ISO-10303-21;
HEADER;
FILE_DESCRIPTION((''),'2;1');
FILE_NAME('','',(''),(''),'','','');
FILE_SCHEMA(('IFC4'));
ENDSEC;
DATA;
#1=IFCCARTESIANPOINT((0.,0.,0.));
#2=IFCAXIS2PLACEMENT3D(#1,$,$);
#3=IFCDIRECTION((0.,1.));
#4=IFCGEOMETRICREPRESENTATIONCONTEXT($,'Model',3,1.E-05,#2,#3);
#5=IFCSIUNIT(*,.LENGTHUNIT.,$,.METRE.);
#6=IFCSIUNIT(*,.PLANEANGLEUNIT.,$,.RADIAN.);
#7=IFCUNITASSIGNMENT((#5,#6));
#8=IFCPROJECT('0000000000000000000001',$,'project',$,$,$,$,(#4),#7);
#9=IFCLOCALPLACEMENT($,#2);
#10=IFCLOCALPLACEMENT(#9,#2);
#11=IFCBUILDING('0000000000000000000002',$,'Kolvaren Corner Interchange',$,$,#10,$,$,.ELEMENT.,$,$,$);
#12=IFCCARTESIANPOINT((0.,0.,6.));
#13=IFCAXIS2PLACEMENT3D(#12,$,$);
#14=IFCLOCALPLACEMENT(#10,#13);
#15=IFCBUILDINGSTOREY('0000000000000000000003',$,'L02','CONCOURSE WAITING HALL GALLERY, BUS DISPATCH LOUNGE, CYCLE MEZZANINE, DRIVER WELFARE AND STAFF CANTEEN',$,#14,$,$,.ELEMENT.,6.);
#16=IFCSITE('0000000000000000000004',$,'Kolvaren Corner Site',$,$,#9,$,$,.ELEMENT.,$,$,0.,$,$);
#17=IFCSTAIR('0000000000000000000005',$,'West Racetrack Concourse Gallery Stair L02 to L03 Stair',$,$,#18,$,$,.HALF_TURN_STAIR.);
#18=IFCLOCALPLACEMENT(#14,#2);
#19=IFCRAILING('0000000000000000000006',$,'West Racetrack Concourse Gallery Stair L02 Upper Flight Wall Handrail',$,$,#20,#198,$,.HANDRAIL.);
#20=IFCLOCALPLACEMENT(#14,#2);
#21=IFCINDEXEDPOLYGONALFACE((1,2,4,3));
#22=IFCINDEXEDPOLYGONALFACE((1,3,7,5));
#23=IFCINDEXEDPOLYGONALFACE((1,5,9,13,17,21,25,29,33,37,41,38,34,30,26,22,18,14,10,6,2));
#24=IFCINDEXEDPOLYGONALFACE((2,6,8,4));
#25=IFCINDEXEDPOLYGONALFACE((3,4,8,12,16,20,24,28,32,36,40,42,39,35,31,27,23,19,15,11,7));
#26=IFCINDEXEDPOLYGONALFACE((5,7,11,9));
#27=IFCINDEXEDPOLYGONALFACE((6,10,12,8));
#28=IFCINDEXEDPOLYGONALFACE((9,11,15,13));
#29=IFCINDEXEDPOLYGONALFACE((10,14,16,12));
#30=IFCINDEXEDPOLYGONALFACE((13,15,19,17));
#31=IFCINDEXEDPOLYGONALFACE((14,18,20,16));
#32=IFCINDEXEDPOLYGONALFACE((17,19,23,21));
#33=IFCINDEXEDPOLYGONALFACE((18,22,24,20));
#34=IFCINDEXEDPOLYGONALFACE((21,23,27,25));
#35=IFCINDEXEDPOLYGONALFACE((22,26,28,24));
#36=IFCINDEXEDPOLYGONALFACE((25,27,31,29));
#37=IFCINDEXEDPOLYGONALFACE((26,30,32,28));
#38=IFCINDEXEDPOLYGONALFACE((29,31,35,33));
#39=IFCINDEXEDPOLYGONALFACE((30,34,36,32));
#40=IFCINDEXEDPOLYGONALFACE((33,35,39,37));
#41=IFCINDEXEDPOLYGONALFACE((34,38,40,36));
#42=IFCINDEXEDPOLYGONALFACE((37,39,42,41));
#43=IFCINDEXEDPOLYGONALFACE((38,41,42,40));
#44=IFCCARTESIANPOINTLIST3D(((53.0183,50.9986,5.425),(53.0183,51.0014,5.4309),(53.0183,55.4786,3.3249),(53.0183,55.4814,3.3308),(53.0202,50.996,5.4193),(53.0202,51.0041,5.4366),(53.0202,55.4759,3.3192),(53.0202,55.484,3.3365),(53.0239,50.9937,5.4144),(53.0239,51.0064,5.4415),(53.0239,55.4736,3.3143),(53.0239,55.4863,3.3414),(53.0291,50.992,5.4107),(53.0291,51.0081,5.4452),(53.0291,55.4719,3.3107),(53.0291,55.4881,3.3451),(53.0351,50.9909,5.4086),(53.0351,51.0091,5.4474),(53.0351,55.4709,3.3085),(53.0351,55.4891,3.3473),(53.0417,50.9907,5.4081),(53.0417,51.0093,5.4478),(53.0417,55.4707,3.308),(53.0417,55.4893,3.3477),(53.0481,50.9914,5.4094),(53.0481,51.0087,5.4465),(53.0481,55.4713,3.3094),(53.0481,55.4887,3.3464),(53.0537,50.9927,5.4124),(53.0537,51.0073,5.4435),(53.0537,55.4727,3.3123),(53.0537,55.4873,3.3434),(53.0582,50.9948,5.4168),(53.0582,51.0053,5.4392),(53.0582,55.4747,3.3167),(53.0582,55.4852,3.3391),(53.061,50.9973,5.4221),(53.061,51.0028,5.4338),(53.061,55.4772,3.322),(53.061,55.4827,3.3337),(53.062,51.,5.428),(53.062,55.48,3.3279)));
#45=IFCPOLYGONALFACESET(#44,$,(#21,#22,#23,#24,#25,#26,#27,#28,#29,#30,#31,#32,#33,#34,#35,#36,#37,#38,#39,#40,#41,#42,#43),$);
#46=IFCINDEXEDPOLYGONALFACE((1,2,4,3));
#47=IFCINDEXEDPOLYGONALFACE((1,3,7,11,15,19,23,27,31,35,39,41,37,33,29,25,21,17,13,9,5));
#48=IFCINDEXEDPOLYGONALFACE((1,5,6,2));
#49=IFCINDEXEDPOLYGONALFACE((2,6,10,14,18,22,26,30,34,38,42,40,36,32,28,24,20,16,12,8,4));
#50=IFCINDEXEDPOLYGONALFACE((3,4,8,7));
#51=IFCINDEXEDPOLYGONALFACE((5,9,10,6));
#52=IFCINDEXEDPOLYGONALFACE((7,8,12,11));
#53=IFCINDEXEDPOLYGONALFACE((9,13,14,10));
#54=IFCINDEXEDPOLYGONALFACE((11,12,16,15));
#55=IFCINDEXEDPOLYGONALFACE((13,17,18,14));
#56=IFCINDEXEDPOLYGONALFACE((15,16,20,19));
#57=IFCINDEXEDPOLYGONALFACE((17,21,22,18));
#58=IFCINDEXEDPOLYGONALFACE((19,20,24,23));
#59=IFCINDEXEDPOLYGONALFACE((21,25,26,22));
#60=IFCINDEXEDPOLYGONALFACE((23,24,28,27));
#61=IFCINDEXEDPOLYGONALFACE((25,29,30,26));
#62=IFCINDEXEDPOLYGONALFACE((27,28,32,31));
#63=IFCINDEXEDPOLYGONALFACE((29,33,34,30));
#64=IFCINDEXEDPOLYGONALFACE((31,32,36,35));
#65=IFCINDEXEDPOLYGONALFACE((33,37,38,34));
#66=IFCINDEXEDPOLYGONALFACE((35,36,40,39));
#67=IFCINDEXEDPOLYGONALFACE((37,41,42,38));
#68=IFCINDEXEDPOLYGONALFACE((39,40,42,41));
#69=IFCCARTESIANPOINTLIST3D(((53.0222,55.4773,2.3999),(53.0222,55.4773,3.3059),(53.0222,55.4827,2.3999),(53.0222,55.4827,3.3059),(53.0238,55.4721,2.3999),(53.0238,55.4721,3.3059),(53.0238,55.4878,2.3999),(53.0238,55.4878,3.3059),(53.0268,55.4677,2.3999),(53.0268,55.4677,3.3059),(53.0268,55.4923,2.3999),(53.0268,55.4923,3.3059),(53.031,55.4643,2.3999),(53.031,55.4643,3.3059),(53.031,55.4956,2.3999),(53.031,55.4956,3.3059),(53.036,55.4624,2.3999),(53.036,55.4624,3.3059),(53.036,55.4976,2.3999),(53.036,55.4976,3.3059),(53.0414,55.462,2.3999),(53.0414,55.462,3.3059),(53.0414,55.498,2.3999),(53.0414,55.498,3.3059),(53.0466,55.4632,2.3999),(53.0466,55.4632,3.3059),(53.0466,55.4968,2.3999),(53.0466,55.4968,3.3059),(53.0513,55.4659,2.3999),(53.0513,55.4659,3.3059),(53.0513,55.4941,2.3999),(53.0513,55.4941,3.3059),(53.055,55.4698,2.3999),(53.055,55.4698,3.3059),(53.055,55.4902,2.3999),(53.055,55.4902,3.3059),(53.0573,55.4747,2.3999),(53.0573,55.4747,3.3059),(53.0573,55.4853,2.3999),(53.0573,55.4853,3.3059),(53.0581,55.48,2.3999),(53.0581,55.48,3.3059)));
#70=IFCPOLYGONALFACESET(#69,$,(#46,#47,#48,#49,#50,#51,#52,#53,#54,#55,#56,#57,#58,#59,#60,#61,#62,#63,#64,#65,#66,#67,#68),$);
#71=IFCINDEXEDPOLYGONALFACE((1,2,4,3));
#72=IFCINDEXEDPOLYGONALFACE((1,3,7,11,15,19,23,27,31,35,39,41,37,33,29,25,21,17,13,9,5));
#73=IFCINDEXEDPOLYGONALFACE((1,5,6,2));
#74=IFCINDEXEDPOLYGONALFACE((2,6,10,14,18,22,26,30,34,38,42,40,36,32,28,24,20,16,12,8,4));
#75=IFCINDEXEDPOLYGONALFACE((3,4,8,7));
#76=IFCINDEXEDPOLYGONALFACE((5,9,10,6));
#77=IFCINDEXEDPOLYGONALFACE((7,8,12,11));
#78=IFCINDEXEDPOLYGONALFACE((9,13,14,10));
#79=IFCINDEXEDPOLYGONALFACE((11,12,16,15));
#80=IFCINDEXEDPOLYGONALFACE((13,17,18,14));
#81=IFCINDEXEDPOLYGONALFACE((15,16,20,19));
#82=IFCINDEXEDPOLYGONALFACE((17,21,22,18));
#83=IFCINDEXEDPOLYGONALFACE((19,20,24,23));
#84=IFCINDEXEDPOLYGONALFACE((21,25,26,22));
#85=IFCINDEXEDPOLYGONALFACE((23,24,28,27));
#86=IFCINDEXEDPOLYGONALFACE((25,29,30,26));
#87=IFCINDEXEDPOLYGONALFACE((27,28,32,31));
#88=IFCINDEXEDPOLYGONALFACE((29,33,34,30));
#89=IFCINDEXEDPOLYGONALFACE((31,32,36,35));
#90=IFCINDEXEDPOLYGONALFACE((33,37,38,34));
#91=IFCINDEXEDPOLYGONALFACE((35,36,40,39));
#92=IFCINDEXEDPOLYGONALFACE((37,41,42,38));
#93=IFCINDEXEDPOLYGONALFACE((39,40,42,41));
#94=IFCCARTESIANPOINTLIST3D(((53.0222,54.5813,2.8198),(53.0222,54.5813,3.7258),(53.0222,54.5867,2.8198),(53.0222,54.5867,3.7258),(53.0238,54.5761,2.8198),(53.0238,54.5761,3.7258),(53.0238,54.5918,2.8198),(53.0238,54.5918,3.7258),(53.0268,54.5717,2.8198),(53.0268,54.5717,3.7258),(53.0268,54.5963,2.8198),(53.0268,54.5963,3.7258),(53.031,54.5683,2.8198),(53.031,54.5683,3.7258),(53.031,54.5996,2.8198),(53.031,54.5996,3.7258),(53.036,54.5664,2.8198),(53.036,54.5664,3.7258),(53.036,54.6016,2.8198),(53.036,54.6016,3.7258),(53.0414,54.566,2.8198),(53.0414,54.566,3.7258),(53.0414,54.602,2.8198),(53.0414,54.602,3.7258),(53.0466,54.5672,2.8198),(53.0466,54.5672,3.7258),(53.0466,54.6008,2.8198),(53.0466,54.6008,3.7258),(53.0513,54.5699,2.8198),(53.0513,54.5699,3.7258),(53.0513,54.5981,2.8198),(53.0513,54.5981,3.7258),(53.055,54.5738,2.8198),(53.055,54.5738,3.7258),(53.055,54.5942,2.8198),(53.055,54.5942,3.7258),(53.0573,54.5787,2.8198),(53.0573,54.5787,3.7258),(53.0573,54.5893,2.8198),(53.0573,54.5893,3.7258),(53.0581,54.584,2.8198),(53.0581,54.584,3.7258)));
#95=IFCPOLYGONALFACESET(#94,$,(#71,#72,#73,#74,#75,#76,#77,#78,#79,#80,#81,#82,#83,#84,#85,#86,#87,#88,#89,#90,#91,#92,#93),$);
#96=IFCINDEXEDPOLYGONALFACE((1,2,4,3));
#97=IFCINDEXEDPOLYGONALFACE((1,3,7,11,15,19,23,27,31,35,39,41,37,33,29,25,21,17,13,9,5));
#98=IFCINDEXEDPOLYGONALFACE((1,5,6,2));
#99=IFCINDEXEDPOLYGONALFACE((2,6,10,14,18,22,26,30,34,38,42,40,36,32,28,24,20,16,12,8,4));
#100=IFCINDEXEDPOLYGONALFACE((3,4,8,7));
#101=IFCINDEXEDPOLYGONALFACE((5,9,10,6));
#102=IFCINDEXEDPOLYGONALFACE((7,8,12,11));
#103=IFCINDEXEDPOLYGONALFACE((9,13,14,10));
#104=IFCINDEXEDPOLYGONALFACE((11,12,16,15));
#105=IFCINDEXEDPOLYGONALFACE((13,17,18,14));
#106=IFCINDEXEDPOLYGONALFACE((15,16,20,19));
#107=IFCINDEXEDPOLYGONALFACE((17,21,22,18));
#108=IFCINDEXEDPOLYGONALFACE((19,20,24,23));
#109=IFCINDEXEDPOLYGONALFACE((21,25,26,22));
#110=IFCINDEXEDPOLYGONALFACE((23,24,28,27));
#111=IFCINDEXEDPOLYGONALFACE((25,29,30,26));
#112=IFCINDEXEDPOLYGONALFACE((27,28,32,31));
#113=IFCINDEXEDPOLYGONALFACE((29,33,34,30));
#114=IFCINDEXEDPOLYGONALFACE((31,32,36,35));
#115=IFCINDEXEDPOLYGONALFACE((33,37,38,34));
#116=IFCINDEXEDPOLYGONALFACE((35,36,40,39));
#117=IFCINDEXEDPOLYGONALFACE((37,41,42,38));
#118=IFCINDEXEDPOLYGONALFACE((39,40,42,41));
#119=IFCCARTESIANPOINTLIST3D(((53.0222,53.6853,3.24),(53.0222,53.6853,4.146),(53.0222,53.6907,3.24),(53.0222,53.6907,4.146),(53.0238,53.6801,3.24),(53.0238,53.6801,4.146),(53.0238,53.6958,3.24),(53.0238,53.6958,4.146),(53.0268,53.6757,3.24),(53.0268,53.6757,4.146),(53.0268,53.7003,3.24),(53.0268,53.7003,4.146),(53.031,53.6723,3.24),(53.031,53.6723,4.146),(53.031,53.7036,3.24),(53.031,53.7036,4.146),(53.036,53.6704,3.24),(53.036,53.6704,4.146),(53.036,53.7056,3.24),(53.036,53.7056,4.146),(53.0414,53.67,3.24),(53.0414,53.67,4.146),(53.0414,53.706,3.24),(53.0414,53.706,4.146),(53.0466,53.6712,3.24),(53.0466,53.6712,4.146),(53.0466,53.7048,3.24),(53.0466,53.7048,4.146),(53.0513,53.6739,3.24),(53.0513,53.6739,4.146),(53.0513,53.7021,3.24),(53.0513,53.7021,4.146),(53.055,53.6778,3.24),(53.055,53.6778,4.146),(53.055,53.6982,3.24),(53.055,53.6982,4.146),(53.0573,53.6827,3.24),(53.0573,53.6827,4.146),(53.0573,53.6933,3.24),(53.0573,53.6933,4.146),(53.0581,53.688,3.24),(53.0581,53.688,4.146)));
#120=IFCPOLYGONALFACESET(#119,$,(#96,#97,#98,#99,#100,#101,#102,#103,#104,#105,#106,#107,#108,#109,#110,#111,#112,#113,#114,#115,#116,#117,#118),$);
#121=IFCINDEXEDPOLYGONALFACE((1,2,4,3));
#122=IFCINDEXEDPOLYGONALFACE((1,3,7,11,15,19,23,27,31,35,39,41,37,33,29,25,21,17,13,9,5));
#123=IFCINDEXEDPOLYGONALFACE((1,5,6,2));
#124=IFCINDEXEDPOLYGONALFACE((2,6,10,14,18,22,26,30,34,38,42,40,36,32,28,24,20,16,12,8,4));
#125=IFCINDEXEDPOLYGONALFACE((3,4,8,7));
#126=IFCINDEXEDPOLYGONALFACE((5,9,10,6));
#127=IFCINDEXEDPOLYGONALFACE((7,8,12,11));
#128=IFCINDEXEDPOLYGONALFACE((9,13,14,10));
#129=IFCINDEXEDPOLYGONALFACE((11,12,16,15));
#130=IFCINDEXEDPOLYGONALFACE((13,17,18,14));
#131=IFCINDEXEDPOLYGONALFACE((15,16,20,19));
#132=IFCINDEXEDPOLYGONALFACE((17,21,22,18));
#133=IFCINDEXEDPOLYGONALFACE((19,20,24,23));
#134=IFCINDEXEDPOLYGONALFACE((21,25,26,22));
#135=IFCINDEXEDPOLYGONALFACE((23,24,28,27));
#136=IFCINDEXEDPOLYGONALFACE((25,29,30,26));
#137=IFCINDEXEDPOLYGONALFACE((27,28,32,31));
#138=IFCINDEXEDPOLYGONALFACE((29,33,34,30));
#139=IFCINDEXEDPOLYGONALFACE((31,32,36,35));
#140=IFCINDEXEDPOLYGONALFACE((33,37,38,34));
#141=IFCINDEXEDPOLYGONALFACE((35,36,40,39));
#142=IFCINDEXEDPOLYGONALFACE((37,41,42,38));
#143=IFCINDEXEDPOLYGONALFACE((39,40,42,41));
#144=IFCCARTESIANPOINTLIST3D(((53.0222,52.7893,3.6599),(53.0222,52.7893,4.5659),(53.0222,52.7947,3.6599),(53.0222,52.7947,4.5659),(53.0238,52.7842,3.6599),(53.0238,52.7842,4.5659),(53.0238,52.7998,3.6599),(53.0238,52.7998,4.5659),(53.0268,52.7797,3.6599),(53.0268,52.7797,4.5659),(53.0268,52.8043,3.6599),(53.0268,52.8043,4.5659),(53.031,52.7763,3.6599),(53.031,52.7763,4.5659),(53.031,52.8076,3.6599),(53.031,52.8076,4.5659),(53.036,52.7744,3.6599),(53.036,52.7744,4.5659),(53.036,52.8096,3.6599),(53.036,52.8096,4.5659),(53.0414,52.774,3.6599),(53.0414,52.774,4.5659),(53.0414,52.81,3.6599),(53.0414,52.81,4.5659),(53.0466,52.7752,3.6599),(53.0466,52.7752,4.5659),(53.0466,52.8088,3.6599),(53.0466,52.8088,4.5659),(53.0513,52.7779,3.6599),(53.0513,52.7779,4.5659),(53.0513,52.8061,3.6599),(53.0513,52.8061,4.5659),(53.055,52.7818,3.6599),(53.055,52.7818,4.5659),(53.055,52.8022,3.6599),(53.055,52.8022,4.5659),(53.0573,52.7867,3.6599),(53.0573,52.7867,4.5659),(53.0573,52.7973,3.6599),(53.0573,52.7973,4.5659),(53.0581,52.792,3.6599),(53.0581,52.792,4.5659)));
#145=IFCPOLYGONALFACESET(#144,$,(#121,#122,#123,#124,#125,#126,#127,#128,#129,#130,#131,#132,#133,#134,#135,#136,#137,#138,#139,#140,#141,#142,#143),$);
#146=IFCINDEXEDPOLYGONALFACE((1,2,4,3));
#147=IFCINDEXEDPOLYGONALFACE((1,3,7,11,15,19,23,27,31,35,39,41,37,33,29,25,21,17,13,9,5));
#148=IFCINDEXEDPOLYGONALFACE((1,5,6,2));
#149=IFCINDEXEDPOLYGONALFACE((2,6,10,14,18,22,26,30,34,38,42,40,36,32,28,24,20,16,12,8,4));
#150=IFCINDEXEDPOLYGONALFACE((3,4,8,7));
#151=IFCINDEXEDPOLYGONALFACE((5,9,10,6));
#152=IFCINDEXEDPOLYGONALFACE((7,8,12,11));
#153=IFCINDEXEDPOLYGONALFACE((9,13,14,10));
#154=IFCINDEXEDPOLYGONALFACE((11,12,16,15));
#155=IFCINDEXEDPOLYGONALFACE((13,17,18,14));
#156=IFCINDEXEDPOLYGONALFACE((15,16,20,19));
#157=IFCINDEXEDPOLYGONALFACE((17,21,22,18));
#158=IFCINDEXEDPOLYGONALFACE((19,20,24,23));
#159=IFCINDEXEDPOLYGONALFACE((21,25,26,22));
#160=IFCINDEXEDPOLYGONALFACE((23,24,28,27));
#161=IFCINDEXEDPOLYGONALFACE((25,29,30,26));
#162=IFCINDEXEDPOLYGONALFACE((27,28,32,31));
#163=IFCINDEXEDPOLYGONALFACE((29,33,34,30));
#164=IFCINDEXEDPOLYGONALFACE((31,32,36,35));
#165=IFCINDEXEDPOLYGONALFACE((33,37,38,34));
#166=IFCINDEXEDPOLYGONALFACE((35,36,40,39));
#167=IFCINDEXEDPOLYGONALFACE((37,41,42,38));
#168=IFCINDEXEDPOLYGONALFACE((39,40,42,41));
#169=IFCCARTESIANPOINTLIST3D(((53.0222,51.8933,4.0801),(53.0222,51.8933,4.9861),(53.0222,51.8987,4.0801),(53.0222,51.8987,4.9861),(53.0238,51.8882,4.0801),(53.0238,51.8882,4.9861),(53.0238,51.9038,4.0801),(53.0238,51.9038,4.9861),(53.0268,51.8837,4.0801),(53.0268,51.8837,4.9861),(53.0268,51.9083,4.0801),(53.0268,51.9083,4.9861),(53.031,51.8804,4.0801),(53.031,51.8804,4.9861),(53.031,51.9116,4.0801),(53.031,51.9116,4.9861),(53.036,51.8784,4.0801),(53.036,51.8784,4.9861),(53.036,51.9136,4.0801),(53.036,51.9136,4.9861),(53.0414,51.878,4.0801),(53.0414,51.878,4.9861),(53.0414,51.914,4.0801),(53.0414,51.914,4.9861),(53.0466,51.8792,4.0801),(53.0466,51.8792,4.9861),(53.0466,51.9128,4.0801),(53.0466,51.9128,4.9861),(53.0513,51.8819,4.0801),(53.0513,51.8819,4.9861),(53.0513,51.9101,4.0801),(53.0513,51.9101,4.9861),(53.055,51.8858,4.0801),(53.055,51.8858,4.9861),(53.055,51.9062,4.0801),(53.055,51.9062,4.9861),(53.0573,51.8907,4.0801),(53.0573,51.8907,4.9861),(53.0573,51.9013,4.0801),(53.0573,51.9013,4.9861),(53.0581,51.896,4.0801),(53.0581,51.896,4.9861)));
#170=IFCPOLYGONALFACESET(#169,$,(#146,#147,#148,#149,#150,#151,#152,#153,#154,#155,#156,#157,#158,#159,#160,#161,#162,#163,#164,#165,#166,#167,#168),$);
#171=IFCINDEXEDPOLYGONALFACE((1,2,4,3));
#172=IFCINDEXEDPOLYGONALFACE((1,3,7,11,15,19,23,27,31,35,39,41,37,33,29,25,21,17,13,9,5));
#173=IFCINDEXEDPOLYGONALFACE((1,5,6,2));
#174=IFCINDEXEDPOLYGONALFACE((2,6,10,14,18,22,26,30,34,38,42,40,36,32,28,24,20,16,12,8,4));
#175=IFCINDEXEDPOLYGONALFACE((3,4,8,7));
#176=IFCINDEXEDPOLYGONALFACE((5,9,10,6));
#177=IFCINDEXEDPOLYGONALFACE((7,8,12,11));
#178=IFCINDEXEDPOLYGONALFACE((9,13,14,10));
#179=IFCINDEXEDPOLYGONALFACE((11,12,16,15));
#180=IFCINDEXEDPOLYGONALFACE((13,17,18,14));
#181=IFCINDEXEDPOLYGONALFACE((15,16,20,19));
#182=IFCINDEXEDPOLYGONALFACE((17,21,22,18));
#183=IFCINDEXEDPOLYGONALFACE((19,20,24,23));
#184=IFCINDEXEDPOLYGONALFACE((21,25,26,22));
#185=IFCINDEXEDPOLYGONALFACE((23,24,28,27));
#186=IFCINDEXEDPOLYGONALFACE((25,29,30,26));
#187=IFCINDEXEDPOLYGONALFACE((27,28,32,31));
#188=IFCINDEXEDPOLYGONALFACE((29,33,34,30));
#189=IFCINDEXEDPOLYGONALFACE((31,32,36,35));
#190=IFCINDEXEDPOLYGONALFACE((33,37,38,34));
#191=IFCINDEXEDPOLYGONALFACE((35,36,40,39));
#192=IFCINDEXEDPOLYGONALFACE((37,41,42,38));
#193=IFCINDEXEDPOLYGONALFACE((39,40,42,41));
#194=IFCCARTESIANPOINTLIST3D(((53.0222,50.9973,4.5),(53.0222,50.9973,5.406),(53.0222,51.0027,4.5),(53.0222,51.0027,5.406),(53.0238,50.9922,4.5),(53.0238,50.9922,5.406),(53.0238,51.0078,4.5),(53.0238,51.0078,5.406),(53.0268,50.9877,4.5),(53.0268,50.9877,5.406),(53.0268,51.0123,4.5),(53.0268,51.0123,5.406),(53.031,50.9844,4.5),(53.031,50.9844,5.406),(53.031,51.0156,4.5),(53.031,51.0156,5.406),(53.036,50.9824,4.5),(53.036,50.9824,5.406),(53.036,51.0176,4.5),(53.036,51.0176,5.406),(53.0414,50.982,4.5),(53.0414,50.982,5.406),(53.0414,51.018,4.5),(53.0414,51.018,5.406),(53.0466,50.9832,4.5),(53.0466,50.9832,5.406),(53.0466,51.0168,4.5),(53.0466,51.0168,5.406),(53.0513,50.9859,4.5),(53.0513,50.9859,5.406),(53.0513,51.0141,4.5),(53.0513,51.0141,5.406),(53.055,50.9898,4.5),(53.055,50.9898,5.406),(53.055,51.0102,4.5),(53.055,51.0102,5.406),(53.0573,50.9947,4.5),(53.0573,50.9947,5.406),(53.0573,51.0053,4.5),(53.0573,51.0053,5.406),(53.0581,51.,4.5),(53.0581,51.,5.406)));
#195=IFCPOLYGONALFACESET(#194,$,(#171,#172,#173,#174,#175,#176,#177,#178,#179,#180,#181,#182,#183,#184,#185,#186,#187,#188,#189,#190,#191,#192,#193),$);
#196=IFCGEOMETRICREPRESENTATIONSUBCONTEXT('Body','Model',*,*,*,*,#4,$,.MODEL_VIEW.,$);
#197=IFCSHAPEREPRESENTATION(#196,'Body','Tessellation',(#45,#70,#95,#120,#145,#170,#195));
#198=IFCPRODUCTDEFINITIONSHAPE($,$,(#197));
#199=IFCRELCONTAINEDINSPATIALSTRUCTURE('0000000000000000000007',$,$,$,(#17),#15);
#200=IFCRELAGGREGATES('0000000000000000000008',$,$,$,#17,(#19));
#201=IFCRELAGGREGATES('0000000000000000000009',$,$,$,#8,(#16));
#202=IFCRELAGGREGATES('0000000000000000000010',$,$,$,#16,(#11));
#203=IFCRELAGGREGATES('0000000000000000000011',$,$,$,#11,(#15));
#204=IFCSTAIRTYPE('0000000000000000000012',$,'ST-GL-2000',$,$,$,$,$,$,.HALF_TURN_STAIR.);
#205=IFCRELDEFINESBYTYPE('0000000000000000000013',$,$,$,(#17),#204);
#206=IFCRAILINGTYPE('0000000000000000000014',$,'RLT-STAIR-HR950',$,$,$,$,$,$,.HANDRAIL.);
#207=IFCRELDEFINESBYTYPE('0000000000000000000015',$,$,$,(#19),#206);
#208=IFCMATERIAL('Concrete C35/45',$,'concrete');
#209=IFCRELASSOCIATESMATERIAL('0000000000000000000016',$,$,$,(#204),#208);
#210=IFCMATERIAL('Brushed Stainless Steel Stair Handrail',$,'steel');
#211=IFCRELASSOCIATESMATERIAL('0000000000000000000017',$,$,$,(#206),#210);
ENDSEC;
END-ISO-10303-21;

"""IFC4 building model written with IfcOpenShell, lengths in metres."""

from ifc_helpers import new_model, si_unit, direction, frame, origin, origin_2d, place, context, subcontext, project, spatial, circle, extrude, material, type_object, element, aggregate, save


model = new_model("IFC4")

# Units and contexts
model_context = context("Model", 3, precision=1e-05, world=origin(), true_north=direction((0.0, 1.0)))
body_context = subcontext(model_context, "Body", "Model", "MODEL_VIEW")
ifc_project = project(units=[si_unit("LENGTHUNIT", "METRE"), si_unit("PLANEANGLEUNIT", "RADIAN")], contexts=[model_context])

# Site, building, storey
site_placement = place(None, origin())
site = spatial("IfcSite", under=ifc_project, at=site_placement, Name="Kolvaren Corner Site", CompositionType="ELEMENT", RefElevation=0.0)
building_placement = place(site_placement, origin())
building = spatial("IfcBuilding", under=site, at=building_placement, Name="Kolvaren Corner Interchange", CompositionType="ELEMENT")
storey_placement = place(building_placement, frame((0.0, 0.0, 6.0)))
storey = spatial("IfcBuildingStorey", under=building, at=storey_placement, Name="L02", Description="CONCOURSE WAITING HALL GALLERY, BUS DISPATCH LOUNGE, CYCLE MEZZANINE, DRIVER WELFARE AND STAFF CANTEEN", CompositionType="ELEMENT", Elevation=6.0)

# Stair, railing
ifc_material_1 = material(Name="Concrete C35/45", Category="concrete")
stair_type = type_object("IfcStairType", Name="ST-GL-2000", PredefinedType="HALF_TURN_STAIR", material=ifc_material_1)
stair_placement = place(storey_placement, origin())
stair = element("IfcStair", 1, at=stair_placement, inside=storey, type_object=stair_type, Name="West Racetrack Concourse Gallery Stair L02 to L03 Stair", PredefinedType="HALF_TURN_STAIR")
ifc_material_2 = material(Name="Brushed Stainless Steel Stair Handrail", Category="steel")
railing_type_1 = type_object("IfcRailingType", Name="RLT-STAIR-HR950", PredefinedType="HANDRAIL", material=ifc_material_2)
railing_1_placement = place(storey_placement, frame((53.04, 55.48, 2.3999)))
railing_1 = element("IfcRailing", 2, at=railing_1_placement, type_object=railing_type_1, Name="West Racetrack Concourse Gallery Stair L02 Upper Flight Wall Handrail", PredefinedType="HANDRAIL", context=body_context, shape_type="SweptSolid", body=[
    extrude(circle(Radius=0.022, at=origin_2d()), frame((0.0, 0.0, 0.928), z_axis=(0.0, -0.905451, 0.424452), x_axis=(1.0, 0.0, 0.0)), (0.0, 0.0, 1.0), 4.9478),
    extrude(circle(Radius=0.0181, at=origin_2d()), origin(), (0.0, 0.0, 1.0), 0.906),
    extrude(circle(Radius=0.0181, at=origin_2d()), frame((0.0, -0.896, 0.4199)), (0.0, 0.0, 1.0), 0.906),
    extrude(circle(Radius=0.0181, at=origin_2d()), frame((0.0, -1.792, 0.8401)), (0.0, 0.0, 1.0), 0.906),
    extrude(circle(Radius=0.0181, at=origin_2d()), frame((0.0, -2.688, 1.26)), (0.0, 0.0, 1.0), 0.906),
    extrude(circle(Radius=0.0181, at=origin_2d()), frame((0.0, -3.584, 1.6802)), (0.0, 0.0, 1.0), 0.906),
    extrude(circle(Radius=0.0181, at=origin_2d()), frame((0.0, -4.48, 2.1001)), (0.0, 0.0, 1.0), 0.906),
])
aggregate(stair, [railing_1])

save(model, "model.ifc")
